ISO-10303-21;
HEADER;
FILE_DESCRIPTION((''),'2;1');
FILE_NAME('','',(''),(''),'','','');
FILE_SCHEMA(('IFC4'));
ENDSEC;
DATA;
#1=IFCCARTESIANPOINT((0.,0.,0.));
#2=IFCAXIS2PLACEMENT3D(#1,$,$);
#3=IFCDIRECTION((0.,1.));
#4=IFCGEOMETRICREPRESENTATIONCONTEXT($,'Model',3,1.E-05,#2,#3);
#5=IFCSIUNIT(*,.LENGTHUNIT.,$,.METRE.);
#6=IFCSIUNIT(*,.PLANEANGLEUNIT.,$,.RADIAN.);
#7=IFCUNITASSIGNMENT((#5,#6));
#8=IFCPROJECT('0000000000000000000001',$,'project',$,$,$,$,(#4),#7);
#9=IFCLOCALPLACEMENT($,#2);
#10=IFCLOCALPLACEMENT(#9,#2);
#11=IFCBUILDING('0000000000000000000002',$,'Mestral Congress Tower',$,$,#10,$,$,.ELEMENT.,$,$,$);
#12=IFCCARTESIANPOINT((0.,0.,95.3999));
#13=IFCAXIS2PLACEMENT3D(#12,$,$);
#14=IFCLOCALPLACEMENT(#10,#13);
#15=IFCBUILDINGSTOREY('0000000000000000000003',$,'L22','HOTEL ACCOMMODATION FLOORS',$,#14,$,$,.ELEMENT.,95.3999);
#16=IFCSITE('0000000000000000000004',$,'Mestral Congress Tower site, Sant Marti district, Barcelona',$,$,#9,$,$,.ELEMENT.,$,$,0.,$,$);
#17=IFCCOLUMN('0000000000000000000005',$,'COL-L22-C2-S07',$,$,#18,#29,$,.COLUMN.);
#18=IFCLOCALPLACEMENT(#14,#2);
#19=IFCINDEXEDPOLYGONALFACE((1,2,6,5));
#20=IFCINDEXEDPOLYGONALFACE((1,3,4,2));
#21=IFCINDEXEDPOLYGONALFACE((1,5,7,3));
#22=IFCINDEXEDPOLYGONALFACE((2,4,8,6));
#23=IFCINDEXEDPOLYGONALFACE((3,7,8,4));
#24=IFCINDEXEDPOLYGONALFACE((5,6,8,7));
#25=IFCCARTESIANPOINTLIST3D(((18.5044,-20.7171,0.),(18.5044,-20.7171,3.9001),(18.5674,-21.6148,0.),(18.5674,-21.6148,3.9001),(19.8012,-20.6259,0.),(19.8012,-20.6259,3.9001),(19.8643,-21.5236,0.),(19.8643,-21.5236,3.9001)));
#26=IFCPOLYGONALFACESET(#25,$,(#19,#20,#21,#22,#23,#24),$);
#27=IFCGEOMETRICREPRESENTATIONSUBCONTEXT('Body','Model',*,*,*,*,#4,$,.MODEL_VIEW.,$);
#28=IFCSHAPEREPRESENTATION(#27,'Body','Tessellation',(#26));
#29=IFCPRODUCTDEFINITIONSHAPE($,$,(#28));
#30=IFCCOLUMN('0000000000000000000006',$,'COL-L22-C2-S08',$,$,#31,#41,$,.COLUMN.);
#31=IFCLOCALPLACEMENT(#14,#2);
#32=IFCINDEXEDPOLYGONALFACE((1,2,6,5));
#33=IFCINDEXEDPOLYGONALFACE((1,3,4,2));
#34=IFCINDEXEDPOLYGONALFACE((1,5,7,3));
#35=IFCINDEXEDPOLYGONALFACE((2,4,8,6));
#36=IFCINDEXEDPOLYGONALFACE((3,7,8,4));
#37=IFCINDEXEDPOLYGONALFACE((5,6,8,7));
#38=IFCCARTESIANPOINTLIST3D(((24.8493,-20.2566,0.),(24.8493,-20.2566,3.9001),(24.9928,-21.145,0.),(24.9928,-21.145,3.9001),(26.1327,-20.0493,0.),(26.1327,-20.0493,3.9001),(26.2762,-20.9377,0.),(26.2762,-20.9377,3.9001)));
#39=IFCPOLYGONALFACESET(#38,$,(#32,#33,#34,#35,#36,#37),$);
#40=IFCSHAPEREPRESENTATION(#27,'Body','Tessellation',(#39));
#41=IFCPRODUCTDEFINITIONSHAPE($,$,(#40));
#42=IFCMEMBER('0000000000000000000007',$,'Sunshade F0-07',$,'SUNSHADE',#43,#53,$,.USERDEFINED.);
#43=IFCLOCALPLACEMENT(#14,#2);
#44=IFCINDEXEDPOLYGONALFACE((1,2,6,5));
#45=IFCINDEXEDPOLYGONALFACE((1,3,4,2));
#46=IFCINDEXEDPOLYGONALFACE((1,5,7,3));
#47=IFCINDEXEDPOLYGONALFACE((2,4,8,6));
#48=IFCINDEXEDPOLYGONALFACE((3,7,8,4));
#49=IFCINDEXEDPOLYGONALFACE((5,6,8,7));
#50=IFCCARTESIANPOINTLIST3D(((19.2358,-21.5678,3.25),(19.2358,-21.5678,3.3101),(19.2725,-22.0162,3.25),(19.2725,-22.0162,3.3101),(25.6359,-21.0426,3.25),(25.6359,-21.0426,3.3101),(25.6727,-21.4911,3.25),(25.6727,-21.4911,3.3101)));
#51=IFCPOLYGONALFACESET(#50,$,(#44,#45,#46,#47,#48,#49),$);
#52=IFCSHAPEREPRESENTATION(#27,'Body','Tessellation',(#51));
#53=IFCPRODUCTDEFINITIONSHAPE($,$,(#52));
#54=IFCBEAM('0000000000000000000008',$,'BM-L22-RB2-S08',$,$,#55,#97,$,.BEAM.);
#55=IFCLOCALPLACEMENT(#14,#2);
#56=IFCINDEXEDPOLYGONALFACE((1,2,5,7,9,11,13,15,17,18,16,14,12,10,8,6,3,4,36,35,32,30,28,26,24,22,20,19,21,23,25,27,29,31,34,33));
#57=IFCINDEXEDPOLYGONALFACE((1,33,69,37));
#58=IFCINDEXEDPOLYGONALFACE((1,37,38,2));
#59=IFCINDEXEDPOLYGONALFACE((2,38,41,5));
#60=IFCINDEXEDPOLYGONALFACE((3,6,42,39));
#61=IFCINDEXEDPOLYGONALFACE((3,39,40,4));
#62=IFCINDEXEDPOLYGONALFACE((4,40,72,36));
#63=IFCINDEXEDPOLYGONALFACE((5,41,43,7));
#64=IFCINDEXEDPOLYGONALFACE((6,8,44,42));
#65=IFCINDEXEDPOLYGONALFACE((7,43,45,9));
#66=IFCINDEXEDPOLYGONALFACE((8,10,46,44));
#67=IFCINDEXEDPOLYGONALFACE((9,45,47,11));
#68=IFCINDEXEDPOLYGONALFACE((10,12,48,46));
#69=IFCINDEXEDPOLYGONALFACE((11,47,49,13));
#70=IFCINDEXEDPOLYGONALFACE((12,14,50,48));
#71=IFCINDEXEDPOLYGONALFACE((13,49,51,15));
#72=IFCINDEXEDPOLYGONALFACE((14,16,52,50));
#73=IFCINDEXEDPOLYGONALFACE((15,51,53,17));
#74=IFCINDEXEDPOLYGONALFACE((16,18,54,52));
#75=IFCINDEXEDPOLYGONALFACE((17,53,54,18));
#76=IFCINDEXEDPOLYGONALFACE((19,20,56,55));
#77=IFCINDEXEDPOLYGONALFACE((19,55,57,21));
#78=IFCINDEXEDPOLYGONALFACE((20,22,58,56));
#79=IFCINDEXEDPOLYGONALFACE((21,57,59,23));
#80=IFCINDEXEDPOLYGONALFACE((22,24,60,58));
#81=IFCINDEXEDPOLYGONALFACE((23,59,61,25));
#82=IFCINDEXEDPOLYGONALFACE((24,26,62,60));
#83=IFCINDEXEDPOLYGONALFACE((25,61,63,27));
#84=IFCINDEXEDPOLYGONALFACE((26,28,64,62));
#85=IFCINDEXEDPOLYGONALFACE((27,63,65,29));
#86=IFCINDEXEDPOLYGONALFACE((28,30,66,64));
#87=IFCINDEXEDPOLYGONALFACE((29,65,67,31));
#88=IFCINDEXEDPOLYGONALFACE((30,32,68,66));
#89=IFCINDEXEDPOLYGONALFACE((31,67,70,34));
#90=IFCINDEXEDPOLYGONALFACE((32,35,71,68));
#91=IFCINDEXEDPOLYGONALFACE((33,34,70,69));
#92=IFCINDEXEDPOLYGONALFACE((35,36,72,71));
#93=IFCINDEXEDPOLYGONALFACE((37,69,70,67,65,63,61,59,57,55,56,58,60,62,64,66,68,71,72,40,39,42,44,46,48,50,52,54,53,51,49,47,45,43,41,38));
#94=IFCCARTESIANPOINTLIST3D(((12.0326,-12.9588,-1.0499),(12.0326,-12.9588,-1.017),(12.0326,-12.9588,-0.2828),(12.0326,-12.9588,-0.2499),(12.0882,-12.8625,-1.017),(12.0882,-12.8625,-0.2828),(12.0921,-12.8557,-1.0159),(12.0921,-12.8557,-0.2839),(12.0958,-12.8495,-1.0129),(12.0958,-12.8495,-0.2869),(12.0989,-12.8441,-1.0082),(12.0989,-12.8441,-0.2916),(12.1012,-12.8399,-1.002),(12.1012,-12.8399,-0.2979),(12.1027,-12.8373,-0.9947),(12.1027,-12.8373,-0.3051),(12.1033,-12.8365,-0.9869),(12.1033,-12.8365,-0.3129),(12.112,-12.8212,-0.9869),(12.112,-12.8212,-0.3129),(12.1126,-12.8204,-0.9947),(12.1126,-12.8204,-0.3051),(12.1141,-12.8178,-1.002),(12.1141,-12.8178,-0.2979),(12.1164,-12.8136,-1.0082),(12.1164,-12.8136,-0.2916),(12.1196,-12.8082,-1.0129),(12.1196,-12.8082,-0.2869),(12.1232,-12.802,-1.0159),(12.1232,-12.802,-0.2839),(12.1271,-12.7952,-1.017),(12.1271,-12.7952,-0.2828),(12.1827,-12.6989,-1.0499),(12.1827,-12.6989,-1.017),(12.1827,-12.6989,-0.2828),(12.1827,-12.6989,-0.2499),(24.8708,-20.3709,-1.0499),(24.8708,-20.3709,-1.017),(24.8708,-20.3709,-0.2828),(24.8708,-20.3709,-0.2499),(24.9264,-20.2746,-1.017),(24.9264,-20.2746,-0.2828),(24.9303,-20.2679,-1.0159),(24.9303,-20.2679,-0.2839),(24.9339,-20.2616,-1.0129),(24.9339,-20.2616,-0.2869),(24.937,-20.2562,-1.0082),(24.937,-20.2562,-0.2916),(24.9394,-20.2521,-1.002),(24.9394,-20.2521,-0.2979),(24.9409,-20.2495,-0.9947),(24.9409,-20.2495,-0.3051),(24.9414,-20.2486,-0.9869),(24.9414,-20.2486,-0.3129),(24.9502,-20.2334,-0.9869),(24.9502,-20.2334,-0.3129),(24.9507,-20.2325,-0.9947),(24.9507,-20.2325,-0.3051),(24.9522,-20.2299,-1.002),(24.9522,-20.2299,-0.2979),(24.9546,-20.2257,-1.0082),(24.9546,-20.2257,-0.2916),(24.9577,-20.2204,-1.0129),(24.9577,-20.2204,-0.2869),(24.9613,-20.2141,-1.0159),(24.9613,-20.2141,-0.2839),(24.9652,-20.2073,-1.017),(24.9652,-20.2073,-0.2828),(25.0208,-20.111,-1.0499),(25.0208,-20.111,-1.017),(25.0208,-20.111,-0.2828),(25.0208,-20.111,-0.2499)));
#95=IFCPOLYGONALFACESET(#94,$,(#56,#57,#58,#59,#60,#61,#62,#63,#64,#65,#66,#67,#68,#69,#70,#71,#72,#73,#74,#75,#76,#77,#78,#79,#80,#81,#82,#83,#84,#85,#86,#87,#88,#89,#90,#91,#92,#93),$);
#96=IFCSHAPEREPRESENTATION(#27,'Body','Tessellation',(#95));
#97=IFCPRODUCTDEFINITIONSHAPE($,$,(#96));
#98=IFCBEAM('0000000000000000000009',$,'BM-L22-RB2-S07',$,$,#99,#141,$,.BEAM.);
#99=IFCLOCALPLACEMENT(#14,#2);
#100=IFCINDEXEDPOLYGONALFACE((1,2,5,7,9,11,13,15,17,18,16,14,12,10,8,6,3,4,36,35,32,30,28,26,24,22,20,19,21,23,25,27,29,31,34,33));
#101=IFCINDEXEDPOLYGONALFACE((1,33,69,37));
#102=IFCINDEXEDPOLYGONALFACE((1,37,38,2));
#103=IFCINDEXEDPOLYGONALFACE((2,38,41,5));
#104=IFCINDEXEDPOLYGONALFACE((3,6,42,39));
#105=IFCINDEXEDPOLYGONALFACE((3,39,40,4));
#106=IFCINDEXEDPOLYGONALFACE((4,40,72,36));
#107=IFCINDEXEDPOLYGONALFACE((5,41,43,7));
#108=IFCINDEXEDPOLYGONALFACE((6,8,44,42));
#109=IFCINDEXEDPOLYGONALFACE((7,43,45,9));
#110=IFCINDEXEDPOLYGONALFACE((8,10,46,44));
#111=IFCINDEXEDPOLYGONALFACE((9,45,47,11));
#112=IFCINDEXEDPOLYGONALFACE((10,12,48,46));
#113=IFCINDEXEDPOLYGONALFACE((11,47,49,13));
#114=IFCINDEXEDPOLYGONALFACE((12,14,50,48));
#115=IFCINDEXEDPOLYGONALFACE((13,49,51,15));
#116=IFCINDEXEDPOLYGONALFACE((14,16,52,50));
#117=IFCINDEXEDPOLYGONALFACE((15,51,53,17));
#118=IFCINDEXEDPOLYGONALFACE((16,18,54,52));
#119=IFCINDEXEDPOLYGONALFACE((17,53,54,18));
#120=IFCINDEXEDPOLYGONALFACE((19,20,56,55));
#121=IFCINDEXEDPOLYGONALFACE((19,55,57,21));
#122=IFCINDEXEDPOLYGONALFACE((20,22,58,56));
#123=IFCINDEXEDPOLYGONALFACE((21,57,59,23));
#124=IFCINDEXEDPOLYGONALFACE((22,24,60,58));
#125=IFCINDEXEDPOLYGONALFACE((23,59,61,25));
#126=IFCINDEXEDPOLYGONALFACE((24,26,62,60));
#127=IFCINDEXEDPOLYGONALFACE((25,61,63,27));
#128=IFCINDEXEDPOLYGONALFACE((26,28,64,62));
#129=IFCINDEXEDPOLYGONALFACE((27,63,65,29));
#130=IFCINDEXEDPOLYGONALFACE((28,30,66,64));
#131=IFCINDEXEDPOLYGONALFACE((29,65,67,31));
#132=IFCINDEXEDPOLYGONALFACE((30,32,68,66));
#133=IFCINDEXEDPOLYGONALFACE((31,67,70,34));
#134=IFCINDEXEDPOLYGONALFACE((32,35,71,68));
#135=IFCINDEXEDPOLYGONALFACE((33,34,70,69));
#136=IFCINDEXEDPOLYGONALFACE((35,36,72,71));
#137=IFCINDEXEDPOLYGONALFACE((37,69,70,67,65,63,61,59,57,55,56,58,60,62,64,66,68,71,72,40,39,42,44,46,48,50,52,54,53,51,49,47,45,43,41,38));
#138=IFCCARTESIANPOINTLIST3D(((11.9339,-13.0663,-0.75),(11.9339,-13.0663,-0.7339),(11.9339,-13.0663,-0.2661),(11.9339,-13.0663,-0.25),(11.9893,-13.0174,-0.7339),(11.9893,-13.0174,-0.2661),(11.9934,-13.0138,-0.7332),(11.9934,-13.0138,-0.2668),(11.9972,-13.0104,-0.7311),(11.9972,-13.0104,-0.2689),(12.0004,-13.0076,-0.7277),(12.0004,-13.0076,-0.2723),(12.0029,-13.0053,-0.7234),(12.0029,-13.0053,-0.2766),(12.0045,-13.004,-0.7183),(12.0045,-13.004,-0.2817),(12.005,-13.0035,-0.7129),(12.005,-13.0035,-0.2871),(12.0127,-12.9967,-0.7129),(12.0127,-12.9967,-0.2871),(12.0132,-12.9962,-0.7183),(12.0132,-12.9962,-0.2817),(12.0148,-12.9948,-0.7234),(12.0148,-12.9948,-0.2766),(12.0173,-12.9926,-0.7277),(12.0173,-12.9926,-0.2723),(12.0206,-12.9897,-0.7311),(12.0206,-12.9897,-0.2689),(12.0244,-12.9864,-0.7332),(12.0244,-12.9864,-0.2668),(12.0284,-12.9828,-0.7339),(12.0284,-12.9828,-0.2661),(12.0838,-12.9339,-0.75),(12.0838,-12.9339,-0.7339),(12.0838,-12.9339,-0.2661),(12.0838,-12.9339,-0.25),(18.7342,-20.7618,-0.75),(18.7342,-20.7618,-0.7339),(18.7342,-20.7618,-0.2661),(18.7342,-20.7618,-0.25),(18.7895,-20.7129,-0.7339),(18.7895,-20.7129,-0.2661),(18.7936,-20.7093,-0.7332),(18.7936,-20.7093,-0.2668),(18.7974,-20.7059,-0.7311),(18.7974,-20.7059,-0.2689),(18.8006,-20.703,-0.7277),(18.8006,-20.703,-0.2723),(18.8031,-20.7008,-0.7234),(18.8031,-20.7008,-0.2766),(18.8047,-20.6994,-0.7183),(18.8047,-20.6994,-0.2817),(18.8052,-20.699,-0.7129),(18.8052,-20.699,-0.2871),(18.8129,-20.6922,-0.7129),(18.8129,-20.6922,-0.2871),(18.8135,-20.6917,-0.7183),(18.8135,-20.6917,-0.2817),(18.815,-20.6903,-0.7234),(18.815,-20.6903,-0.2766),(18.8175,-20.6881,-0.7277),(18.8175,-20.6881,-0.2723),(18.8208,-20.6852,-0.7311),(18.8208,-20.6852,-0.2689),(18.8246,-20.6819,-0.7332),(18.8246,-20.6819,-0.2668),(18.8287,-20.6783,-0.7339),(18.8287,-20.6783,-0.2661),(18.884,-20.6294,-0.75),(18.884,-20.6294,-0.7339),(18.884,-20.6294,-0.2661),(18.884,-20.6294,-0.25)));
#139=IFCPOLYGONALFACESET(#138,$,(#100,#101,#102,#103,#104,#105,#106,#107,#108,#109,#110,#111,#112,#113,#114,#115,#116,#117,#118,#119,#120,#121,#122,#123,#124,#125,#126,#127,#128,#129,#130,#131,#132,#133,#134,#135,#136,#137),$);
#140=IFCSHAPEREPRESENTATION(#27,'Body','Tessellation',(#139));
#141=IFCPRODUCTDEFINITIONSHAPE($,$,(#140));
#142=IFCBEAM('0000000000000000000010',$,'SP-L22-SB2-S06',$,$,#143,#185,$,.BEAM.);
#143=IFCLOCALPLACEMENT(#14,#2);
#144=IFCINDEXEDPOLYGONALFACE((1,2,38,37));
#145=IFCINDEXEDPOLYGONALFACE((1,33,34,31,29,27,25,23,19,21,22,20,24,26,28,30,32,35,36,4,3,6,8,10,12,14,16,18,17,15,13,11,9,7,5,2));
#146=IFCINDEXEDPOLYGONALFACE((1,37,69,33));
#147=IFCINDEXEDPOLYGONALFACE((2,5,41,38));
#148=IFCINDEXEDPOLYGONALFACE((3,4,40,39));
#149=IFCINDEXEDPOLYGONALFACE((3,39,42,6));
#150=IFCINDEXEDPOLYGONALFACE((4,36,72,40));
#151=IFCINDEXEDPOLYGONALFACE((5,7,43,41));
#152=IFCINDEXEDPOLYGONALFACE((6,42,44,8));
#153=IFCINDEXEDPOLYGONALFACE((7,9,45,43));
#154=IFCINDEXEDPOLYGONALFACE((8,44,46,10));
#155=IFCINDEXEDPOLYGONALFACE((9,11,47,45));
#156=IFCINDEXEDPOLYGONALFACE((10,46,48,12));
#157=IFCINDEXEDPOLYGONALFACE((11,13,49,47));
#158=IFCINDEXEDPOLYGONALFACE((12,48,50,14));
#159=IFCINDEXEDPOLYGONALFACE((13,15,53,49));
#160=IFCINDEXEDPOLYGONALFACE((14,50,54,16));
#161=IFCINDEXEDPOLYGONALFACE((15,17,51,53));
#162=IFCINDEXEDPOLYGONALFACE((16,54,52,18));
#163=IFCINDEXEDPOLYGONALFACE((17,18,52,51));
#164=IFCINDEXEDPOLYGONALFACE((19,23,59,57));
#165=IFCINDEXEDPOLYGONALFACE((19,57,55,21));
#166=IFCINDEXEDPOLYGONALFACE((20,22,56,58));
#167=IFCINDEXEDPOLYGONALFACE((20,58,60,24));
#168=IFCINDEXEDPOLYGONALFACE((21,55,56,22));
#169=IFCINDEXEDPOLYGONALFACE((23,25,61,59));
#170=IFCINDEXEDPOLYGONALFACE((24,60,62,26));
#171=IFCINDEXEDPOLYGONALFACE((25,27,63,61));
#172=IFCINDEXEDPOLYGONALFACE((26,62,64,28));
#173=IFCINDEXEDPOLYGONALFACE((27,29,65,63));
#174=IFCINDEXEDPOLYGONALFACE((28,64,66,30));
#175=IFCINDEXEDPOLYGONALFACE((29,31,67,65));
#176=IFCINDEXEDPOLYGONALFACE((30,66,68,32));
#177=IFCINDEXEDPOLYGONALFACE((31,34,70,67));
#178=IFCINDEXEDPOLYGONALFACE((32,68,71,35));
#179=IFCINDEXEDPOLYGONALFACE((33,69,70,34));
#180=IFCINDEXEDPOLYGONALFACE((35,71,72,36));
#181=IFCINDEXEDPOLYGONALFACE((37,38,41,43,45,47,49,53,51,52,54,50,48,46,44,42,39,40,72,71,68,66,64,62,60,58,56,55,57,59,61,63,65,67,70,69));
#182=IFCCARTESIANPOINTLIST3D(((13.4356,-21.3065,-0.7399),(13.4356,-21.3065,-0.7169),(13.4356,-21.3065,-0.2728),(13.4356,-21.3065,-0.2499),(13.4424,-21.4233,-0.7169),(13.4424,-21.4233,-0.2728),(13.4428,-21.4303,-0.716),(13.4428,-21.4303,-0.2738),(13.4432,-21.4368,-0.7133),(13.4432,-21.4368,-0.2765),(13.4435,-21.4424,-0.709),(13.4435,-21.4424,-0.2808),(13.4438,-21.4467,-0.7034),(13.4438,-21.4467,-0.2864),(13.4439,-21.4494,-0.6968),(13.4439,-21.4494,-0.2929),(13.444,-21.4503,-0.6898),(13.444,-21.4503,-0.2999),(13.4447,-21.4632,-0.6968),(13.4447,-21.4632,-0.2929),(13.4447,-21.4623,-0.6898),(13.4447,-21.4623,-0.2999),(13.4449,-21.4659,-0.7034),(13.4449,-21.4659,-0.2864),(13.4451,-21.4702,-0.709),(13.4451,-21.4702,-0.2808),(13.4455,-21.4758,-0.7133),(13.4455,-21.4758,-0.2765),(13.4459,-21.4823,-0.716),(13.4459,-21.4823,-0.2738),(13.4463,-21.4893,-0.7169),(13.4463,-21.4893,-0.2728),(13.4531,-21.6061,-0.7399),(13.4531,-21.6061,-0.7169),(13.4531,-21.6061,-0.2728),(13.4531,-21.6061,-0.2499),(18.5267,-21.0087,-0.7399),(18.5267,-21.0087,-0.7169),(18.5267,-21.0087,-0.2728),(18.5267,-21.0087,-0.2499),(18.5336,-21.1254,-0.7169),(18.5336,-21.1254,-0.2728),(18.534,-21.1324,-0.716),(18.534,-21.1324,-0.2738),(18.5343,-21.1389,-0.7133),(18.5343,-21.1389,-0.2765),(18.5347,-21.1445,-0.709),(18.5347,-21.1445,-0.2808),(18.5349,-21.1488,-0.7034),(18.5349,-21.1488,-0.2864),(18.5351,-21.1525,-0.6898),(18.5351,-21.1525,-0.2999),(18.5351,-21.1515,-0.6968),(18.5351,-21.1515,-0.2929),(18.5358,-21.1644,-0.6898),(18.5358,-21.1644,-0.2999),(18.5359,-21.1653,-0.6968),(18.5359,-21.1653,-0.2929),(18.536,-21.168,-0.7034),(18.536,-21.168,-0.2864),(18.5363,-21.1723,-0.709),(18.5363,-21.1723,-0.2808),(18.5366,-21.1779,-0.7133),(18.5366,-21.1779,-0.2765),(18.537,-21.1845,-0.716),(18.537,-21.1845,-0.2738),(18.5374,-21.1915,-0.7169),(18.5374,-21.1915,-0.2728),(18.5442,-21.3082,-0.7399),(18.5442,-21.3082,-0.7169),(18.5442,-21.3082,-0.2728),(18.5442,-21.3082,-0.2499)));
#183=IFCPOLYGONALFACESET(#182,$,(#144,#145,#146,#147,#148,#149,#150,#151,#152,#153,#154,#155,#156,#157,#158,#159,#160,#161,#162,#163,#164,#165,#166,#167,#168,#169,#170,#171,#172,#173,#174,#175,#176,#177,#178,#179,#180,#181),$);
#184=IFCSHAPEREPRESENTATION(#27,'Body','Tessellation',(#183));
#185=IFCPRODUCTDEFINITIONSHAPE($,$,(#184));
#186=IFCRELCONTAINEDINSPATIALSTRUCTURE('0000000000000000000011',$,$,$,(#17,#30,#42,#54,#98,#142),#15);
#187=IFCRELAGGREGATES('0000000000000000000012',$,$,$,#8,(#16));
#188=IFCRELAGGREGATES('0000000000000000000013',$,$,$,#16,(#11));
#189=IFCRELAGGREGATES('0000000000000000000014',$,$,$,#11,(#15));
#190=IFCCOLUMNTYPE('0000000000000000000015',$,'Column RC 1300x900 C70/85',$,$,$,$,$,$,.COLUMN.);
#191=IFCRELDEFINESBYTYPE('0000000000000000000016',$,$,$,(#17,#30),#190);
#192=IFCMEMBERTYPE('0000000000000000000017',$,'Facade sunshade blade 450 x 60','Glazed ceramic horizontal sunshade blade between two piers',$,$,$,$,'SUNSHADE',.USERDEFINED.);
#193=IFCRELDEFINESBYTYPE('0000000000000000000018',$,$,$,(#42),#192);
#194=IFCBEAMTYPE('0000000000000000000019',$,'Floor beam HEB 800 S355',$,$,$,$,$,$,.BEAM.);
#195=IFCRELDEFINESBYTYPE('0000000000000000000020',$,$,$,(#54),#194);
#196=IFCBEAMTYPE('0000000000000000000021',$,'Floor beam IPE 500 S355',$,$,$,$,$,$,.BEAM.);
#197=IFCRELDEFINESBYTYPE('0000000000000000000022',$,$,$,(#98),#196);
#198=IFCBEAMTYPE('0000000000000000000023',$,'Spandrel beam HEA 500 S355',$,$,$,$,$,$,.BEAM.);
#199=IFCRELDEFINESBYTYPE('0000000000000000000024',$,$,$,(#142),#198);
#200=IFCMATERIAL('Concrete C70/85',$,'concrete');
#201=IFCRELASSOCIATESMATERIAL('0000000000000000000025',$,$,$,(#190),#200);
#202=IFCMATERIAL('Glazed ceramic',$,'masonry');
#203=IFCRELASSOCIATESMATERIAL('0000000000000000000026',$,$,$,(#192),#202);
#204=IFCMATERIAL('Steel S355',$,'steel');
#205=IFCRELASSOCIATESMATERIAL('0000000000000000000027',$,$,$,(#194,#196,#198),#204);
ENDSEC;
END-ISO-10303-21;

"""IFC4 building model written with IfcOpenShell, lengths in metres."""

from ifc_helpers import new_model, si_unit, direction, frame, origin, origin_2d, place, context, subcontext, project, spatial, rectangle, i_section, extrude, material, material_profile, profile_set, type_object, element, save


model = new_model("IFC4")

# Units and contexts
model_context = context("Model", 3, precision=1e-05, world=origin(), true_north=direction((0.0, 1.0)))
body_context = subcontext(model_context, "Body", "Model", "MODEL_VIEW")
ifc_project = project(units=[si_unit("LENGTHUNIT", "METRE"), si_unit("PLANEANGLEUNIT", "RADIAN")], contexts=[model_context])

# Site, building, storey
site_placement = place(None, origin())
site = spatial("IfcSite", under=ifc_project, at=site_placement, Name="Mestral Congress Tower site, Sant Marti district, Barcelona", CompositionType="ELEMENT", RefElevation=0.0)
building_placement = place(site_placement, origin())
building = spatial("IfcBuilding", under=site, at=building_placement, Name="Mestral Congress Tower", CompositionType="ELEMENT")
storey_placement = place(building_placement, frame((0.0, 0.0, 95.3999)))
storey = spatial("IfcBuildingStorey", under=building, at=storey_placement, Name="L22", Description="HOTEL ACCOMMODATION FLOORS", CompositionType="ELEMENT", Elevation=95.3999)

# Columns
ifc_material_1 = material(Name="Concrete C70/85", Category="concrete")
ifc_material_profile_1 = material_profile(ifc_material_1, rectangle(XDim=1.3, YDim=0.8999, at=origin_2d()), Name="RC 1300x900")
ifc_profile_set_1 = profile_set([ifc_material_profile_1], Name="Concrete C70/85")
column_type = type_object("IfcColumnType", Name="Column RC 1300x900 C70/85", PredefinedType="COLUMN", material=ifc_profile_set_1)
for number, where, z_axis, x_axis, name in (
    (1, (19.1843, -21.1204, 0.0), (0.0, 0.0, 1.0), (0.99754, 0.070101, 0.0), "COL-L22-C2-S07"),
    (2, (25.5627, -20.5972, 0.0), (0.0, 0.0, 1.0), (0.987202, 0.159473, 0.0), "COL-L22-C2-S08"),
):
    element("IfcColumn", number, at=place(storey_placement, frame(where, z_axis=z_axis, x_axis=x_axis)), inside=storey, type_object=column_type, Name=name, PredefinedType="COLUMN", context=body_context, shape_type="SweptSolid", body=[
        extrude(rectangle(XDim=1.3, YDim=0.8999, at=origin_2d()), origin(), (0.0, 0.0, 1.0), 3.9001),
    ])

# Member
ifc_material_2 = material(Name="Glazed ceramic", Category="masonry")
ifc_material_profile_2 = material_profile(ifc_material_2, rectangle(XDim=0.45, YDim=0.0601, at=origin_2d()), Name="Ceramic blade 450 x 60")
ifc_profile_set_2 = profile_set([ifc_material_profile_2], Name="Glazed ceramic")
member_type = type_object("IfcMemberType", Name="Facade sunshade blade 450 x 60", Description="Glazed ceramic horizontal sunshade blade between two piers", ElementType="SUNSHADE", PredefinedType="USERDEFINED", material=ifc_profile_set_2)
member_placement = place(storey_placement, frame((19.2542, -21.792, 3.28), z_axis=(0.996651, 0.081777, 0.0), x_axis=(-0.081777, 0.996651, 0.0)))
element("IfcMember", 3, at=member_placement, inside=storey, type_object=member_type, Name="Sunshade F0-07", ObjectType="SUNSHADE", PredefinedType="USERDEFINED", context=body_context, shape_type="SweptSolid", body=[
    extrude(rectangle(XDim=0.45, YDim=0.0601, at=origin_2d()), origin(), (0.0, 0.0, 1.0), 6.4216),
])

# Beams
ifc_material_3 = material(Name="Steel S355", Category="steel")
ifc_material_profile_3 = material_profile(ifc_material_3, i_section(OverallWidth=0.3, OverallDepth=0.8, WebThickness=0.0176, FlangeThickness=0.033, FilletRadius=0.03, at=origin_2d()), Name="HEB 800")
ifc_profile_set_3 = profile_set([ifc_material_profile_3], Name="Steel S355")
beam_type_1 = type_object("IfcBeamType", Name="Floor beam HEB 800 S355", PredefinedType="BEAM", material=ifc_profile_set_3)
beam_1_placement = place(storey_placement, frame((24.9458, -20.241, -0.6499), z_axis=(-0.866025, 0.5, 0.0), x_axis=(-0.5, -0.866025, 0.0)))
element("IfcBeam", 4, at=beam_1_placement, inside=storey, type_object=beam_type_1, Name="BM-L22-RB2-S08", PredefinedType="BEAM", context=body_context, shape_type="SweptSolid", body=[
    extrude(i_section(OverallWidth=0.3, OverallDepth=0.8, WebThickness=0.0176, FlangeThickness=0.033, FilletRadius=0.03, at=origin_2d()), origin(), (0.0, 0.0, 1.0), 14.8242),
])
ifc_material_profile_4 = material_profile(ifc_material_3, i_section(OverallWidth=0.2, OverallDepth=0.5, WebThickness=0.0103, FlangeThickness=0.0161, FilletRadius=0.021, at=origin_2d()), Name="IPE 500")
ifc_profile_set_4 = profile_set([ifc_material_profile_4], Name="Steel S355")
beam_type_2 = type_object("IfcBeamType", Name="Floor beam IPE 500 S355", PredefinedType="BEAM", material=ifc_profile_set_4)
beam_2_placement = place(storey_placement, frame((18.8091, -20.6956, -0.5), z_axis=(-0.662174, 0.74935, 0.0), x_axis=(-0.74935, -0.662174, 0.0)))
element("IfcBeam", 5, at=beam_2_placement, inside=storey, type_object=beam_type_2, Name="BM-L22-RB2-S07", PredefinedType="BEAM", context=body_context, shape_type="SweptSolid", body=[
    extrude(i_section(OverallWidth=0.2, OverallDepth=0.5, WebThickness=0.0103, FlangeThickness=0.0161, FilletRadius=0.021, at=origin_2d()), origin(), (0.0, 0.0, 1.0), 10.2695),
])
ifc_material_profile_5 = material_profile(ifc_material_3, i_section(OverallWidth=0.3, OverallDepth=0.49, WebThickness=0.012, FlangeThickness=0.0229, FilletRadius=0.0271, at=origin_2d()), Name="HEA 500")
ifc_profile_set_5 = profile_set([ifc_material_profile_5], Name="Steel S355")
beam_type_3 = type_object("IfcBeamType", Name="Spandrel beam HEA 500 S355", PredefinedType="BEAM", material=ifc_profile_set_5)
beam_3_placement = place(storey_placement, frame((13.4443, -21.4563, -0.4949), z_axis=(0.998293, 0.058405, 0.0), x_axis=(-0.058405, 0.998293, 0.0)))
element("IfcBeam", 6, at=beam_3_placement, inside=storey, type_object=beam_type_3, Name="SP-L22-SB2-S06", PredefinedType="BEAM", context=body_context, shape_type="SweptSolid", body=[
    extrude(i_section(OverallWidth=0.3, OverallDepth=0.49, WebThickness=0.012, FlangeThickness=0.0229, FilletRadius=0.0271, at=origin_2d()), origin(), (0.0, 0.0, 1.0), 5.0999),
])

save(model, "model.ifc")
